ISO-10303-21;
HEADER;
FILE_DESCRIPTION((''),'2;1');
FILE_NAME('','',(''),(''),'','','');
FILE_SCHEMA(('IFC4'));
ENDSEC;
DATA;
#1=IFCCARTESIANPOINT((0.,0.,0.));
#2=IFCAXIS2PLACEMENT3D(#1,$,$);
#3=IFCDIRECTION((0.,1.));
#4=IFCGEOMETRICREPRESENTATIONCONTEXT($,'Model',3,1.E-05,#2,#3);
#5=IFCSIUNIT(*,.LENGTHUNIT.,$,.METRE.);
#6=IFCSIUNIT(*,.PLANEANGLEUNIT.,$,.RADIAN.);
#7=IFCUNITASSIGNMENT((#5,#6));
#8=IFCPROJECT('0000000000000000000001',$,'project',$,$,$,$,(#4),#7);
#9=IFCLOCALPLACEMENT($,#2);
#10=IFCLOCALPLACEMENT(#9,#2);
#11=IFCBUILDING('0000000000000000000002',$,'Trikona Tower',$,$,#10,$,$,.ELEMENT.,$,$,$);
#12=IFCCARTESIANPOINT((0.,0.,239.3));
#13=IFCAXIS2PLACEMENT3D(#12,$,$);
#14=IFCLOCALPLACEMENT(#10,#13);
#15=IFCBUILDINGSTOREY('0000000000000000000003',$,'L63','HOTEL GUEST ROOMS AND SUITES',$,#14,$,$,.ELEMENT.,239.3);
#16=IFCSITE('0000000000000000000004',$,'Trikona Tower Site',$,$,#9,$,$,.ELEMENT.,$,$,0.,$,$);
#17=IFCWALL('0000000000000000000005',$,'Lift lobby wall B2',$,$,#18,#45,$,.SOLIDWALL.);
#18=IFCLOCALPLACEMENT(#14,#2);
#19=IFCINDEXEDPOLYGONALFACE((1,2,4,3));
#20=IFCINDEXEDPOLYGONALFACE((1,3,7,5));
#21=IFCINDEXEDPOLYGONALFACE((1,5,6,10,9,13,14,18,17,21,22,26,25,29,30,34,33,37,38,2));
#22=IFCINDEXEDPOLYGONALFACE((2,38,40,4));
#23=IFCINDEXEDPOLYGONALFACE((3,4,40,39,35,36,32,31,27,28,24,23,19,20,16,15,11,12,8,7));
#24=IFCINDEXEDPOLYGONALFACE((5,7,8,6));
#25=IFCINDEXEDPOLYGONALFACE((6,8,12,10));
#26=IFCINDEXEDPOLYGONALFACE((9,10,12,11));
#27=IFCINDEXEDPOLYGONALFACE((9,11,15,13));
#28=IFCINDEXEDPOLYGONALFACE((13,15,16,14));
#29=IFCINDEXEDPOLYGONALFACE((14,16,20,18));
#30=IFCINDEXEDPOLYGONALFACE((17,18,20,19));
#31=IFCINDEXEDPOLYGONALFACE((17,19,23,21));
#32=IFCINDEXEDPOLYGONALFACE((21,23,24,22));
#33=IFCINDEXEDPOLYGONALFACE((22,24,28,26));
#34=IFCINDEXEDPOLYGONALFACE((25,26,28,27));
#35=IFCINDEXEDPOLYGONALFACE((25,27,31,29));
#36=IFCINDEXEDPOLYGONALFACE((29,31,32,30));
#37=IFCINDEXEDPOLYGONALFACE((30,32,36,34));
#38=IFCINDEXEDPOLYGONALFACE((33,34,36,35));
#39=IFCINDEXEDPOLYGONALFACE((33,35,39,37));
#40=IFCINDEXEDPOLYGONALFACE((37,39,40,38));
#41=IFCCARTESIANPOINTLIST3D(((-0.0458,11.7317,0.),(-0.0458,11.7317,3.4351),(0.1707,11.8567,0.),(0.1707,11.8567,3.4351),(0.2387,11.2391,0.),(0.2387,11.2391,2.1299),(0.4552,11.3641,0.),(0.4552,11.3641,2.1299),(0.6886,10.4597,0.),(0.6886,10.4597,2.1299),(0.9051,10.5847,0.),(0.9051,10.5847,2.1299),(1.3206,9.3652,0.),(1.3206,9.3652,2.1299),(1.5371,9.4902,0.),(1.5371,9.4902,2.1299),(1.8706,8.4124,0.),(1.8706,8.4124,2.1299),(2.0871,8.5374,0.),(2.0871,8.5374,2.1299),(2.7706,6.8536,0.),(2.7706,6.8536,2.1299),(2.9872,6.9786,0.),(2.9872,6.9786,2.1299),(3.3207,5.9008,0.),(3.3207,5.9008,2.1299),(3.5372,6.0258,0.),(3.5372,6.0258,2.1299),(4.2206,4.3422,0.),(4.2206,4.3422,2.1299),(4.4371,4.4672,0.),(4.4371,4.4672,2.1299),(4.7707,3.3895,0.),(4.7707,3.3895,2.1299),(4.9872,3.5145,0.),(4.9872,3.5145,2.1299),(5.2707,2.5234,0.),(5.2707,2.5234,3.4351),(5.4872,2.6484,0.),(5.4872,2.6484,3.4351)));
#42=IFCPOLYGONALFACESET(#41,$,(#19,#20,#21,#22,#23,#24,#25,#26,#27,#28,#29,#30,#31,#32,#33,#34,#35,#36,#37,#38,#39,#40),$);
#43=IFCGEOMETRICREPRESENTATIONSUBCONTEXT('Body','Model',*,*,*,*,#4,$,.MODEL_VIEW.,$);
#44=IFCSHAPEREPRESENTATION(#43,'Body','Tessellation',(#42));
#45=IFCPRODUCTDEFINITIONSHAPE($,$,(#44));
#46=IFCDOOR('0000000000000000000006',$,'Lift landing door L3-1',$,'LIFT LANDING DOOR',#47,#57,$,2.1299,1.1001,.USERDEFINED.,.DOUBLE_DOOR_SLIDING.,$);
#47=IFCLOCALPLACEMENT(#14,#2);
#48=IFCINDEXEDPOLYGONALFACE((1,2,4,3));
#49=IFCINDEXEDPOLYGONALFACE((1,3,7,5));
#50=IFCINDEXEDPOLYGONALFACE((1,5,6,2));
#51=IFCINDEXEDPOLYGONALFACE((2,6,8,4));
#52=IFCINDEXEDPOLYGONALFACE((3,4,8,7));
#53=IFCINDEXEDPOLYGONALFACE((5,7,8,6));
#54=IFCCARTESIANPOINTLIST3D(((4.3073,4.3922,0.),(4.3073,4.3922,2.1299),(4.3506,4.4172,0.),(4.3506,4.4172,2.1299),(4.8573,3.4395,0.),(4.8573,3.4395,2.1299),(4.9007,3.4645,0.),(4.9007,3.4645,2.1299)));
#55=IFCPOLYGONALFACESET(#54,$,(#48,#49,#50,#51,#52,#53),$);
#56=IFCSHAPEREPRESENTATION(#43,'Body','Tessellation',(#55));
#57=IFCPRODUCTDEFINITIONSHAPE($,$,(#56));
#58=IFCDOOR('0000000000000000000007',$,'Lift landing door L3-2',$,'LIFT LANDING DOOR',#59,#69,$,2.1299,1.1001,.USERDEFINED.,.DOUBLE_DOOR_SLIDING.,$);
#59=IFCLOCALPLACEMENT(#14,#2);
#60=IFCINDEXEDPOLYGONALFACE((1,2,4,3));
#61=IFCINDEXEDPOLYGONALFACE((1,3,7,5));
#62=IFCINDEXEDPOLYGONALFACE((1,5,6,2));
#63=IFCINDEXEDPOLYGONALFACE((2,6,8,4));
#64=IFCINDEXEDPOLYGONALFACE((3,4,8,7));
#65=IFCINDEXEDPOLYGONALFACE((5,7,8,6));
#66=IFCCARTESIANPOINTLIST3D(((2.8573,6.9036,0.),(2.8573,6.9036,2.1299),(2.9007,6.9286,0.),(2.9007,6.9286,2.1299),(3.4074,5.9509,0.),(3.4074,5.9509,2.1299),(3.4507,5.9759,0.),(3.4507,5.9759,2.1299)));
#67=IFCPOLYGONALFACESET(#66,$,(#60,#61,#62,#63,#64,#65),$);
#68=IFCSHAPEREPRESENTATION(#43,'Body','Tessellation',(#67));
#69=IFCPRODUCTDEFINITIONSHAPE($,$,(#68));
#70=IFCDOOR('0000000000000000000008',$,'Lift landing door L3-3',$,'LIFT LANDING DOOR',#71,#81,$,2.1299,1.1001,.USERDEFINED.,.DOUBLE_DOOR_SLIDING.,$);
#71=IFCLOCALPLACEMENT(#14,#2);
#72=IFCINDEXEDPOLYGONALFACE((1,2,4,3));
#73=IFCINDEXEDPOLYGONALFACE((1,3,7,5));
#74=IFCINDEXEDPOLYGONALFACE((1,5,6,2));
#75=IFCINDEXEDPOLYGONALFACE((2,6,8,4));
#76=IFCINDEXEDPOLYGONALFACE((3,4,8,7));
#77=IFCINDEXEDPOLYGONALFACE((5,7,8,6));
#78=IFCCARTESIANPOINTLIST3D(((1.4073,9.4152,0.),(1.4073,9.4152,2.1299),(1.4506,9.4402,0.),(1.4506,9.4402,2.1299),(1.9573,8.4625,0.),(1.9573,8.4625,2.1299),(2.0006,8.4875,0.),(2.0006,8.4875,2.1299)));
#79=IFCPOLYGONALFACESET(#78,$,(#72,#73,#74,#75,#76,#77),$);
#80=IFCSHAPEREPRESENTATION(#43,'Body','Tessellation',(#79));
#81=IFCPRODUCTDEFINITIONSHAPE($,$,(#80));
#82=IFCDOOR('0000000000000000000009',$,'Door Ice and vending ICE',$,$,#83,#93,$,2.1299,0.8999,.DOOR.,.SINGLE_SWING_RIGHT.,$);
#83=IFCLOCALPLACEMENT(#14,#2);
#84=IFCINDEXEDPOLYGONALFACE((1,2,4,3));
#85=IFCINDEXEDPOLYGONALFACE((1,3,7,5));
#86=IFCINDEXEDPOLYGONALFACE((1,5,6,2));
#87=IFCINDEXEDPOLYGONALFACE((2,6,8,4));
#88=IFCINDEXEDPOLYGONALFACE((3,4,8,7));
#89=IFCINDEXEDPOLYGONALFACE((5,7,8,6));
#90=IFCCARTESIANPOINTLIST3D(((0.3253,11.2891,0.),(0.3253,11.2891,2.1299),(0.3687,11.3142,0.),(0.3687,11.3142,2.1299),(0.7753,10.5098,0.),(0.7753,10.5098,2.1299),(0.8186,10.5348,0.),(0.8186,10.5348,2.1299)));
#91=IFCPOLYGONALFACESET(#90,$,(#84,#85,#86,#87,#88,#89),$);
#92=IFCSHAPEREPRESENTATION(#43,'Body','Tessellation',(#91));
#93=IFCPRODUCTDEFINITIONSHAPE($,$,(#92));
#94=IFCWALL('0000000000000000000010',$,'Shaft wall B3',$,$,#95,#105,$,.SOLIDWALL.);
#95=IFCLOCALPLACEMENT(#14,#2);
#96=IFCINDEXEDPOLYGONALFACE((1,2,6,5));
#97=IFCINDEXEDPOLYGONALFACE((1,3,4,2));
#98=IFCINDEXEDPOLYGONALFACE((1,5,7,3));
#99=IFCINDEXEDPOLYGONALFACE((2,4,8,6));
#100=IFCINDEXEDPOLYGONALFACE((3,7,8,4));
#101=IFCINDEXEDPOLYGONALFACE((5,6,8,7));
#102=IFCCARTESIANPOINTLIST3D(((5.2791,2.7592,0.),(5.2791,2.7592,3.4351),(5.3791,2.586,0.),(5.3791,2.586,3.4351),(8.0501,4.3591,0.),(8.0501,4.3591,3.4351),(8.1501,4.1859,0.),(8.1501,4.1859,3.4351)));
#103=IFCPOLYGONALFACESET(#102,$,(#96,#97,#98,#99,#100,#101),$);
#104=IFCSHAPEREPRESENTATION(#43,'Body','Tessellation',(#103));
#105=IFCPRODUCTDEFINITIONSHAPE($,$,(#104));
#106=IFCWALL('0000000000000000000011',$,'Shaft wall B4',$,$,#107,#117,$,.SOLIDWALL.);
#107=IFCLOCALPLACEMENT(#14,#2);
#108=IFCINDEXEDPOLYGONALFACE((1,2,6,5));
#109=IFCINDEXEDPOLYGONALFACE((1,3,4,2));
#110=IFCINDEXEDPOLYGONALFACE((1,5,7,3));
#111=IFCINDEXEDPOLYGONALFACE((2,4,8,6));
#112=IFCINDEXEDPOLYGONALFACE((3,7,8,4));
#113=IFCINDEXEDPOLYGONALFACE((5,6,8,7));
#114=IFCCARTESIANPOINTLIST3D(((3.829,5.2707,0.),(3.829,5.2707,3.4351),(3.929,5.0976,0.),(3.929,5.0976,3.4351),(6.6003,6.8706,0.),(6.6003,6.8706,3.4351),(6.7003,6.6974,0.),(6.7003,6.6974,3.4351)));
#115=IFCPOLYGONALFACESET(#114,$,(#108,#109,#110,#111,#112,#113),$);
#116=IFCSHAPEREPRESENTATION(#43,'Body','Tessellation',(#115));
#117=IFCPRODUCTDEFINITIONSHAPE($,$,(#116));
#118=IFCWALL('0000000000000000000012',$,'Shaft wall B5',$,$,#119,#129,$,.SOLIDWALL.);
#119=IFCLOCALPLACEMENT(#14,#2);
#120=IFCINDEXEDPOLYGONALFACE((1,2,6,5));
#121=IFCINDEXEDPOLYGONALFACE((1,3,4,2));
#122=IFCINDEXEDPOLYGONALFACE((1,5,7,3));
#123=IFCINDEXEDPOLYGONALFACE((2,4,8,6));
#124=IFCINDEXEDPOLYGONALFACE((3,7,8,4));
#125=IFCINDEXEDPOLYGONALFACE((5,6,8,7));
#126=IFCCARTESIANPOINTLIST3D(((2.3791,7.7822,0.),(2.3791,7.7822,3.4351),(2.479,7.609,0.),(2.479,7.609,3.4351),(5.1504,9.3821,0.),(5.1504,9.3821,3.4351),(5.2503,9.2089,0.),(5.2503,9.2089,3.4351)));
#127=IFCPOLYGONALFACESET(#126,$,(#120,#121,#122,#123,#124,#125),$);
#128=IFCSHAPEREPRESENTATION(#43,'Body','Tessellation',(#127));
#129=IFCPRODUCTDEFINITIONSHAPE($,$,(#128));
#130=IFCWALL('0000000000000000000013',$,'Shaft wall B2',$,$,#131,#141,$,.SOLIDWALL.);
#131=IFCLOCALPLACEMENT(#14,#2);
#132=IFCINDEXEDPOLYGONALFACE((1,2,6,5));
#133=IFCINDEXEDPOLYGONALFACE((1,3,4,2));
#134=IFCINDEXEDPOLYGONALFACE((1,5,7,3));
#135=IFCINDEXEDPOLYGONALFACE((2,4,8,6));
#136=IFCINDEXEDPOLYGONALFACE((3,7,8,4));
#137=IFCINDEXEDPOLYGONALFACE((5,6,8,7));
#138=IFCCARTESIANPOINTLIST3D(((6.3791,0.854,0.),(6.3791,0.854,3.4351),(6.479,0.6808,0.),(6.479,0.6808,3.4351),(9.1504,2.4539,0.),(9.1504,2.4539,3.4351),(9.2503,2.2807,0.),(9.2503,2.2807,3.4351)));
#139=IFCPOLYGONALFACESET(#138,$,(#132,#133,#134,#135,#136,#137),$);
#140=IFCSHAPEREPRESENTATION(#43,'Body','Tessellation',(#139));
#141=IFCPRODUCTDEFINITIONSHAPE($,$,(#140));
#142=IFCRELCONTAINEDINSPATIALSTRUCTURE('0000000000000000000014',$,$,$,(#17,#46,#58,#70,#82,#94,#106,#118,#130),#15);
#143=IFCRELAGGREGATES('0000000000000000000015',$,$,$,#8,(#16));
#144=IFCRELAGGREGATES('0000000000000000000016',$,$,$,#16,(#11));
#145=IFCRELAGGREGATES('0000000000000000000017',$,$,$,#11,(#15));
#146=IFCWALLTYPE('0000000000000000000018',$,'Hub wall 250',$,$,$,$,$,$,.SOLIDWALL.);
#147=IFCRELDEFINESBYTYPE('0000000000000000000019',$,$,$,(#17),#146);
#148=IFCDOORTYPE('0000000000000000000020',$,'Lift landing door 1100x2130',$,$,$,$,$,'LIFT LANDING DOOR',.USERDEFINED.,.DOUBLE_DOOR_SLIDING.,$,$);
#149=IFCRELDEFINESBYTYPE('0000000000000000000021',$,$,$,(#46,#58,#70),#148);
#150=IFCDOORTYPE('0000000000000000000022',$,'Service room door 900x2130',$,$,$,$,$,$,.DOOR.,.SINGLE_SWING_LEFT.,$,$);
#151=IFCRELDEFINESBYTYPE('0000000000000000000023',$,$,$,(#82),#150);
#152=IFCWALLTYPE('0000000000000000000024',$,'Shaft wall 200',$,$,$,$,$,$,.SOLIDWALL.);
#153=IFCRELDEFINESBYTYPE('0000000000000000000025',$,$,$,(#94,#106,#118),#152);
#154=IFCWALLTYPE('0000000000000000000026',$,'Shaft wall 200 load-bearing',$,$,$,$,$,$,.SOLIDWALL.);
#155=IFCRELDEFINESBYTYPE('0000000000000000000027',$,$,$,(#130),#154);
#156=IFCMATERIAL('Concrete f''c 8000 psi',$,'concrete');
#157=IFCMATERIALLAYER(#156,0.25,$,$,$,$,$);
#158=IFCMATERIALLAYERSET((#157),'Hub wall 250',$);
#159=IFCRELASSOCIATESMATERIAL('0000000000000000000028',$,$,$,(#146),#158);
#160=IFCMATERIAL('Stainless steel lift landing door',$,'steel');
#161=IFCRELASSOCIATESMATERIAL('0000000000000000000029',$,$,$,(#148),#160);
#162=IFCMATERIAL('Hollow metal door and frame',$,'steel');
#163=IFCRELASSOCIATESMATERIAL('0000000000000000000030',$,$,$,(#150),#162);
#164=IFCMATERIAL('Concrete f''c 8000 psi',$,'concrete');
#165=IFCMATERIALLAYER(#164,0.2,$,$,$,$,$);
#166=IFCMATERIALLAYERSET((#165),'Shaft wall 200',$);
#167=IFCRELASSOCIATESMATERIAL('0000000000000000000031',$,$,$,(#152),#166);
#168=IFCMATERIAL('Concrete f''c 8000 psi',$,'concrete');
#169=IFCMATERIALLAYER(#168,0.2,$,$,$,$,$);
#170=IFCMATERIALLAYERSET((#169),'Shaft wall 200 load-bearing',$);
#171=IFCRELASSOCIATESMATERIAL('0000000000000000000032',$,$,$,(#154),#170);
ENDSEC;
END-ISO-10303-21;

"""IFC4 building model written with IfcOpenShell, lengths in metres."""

from ifc_helpers import new_model, si_unit, direction, frame, frame_2d, origin, place, context, subcontext, project, spatial, rectangle, extrude, material, layer, layer_set, type_object, element, fill, save


model = new_model("IFC4")

# Units and contexts
model_context = context("Model", 3, precision=1e-05, world=origin(), true_north=direction((0.0, 1.0)))
body_context = subcontext(model_context, "Body", "Model", "MODEL_VIEW")
ifc_project = project(units=[si_unit("LENGTHUNIT", "METRE"), si_unit("PLANEANGLEUNIT", "RADIAN")], contexts=[model_context])

# Site, building, storey
site_placement = place(None, origin())
site = spatial("IfcSite", under=ifc_project, at=site_placement, Name="Trikona Tower Site", CompositionType="ELEMENT", RefElevation=0.0)
building_placement = place(site_placement, origin())
building = spatial("IfcBuilding", under=site, at=building_placement, Name="Trikona Tower", CompositionType="ELEMENT")
storey_placement = place(building_placement, frame((0.0, 0.0, 239.3)))
storey = spatial("IfcBuildingStorey", under=building, at=storey_placement, Name="L63", Description="HOTEL GUEST ROOMS AND SUITES", CompositionType="ELEMENT", Elevation=239.3)

# Wall, openings, doors
ifc_material_1 = material(Name="Concrete f'c 8000 psi", Category="concrete")
ifc_layer_1 = layer(ifc_material_1, 0.25)
ifc_layer_set_1 = layer_set([ifc_layer_1], Name="Hub wall 250")
wall_type_1 = type_object("IfcWallType", Name="Hub wall 250", PredefinedType="SOLIDWALL", material=ifc_layer_set_1)
wall_1_placement = place(storey_placement, frame((5.3789, 2.5859, 0.0), z_axis=(0.0, 0.0, 1.0), x_axis=(-0.500001, 0.866025, 0.0)))
wall_1 = element("IfcWall", 1, at=wall_1_placement, inside=storey, type_object=wall_type_1, Name="Lift lobby wall B2", PredefinedType="SOLIDWALL", context=body_context, shape_type="SweptSolid", body=[
    extrude(rectangle(XDim=10.6328, YDim=0.25, at=frame_2d((5.3164, 0.0))), origin(), (0.0, 0.0, 1.0), 3.4351),
])
opening_1_placement = place(wall_1_placement, frame((9.1641, 0.0, 0.0)))
opening_1 = element("IfcOpeningElement", 2, at=opening_1_placement, cuts=wall_1, PredefinedType="OPENING", context=body_context, shape_type="SweptSolid", body=[
    extrude(rectangle(XDim=0.8999, YDim=2.1299, at=frame_2d((0.45, 1.0649))), frame((0.0, 0.135, 0.0), z_axis=(0.0, -1.0, 0.0), x_axis=(1.0, 0.0, 0.0)), (0.0, 0.0, 1.0), 0.27),
])
opening_2_placement = place(wall_1_placement, frame((1.0, 0.0, 0.0)))
opening_2 = element("IfcOpeningElement", 3, at=opening_2_placement, cuts=wall_1, PredefinedType="OPENING", context=body_context, shape_type="SweptSolid", body=[
    extrude(rectangle(XDim=1.1001, YDim=2.1299, at=frame_2d((0.55, 1.0649))), frame((0.0, 0.135, 0.0), z_axis=(0.0, -1.0, 0.0), x_axis=(1.0, 0.0, 0.0)), (0.0, 0.0, 1.0), 0.27),
])
opening_3_placement = place(wall_1_placement, frame((3.8999, 0.0, 0.0)))
opening_3 = element("IfcOpeningElement", 4, at=opening_3_placement, cuts=wall_1, PredefinedType="OPENING", context=body_context, shape_type="SweptSolid", body=[
    extrude(rectangle(XDim=1.1001, YDim=2.1299, at=frame_2d((0.55, 1.0649))), frame((0.0, 0.135, 0.0), z_axis=(0.0, -1.0, 0.0), x_axis=(1.0, 0.0, 0.0)), (0.0, 0.0, 1.0), 0.27),
])
opening_4_placement = place(wall_1_placement, frame((6.8, 0.0, 0.0)))
opening_4 = element("IfcOpeningElement", 5, at=opening_4_placement, cuts=wall_1, PredefinedType="OPENING", context=body_context, shape_type="SweptSolid", body=[
    extrude(rectangle(XDim=1.1001, YDim=2.1299, at=frame_2d((0.55, 1.0649))), frame((0.0, 0.135, 0.0), z_axis=(0.0, -1.0, 0.0), x_axis=(1.0, 0.0, 0.0)), (0.0, 0.0, 1.0), 0.27),
])
ifc_material_2 = material(Name="Stainless steel lift landing door", Category="steel")
door_type_1 = type_object("IfcDoorType", Name="Lift landing door 1100x2130", ElementType="LIFT LANDING DOOR", OperationType="DOUBLE_DOOR_SLIDING", PredefinedType="USERDEFINED", material=ifc_material_2)
door_1_placement = place(opening_2_placement, origin())
door_1 = element("IfcDoor", 6, at=door_1_placement, inside=storey, type_object=door_type_1, Name="Lift landing door L3-1", ObjectType="LIFT LANDING DOOR", OperationType="DOUBLE_DOOR_SLIDING", OverallHeight=2.1299, OverallWidth=1.1001, PredefinedType="USERDEFINED", context=body_context, shape_type="SweptSolid", body=[
    extrude(rectangle(XDim=1.1001, YDim=2.1299, at=frame_2d((0.55, 1.0649))), frame((0.0, 0.0249, 0.0), z_axis=(0.0, -1.0, 0.0), x_axis=(1.0, 0.0, 0.0)), (0.0, 0.0, 1.0), 0.05),
])
fill(opening_2, door_1)
door_2_placement = place(opening_3_placement, origin())
door_2 = element("IfcDoor", 7, at=door_2_placement, inside=storey, type_object=door_type_1, Name="Lift landing door L3-2", ObjectType="LIFT LANDING DOOR", OperationType="DOUBLE_DOOR_SLIDING", OverallHeight=2.1299, OverallWidth=1.1001, PredefinedType="USERDEFINED", context=body_context, shape_type="SweptSolid", body=[
    extrude(rectangle(XDim=1.1001, YDim=2.1299, at=frame_2d((0.55, 1.0649))), frame((0.0, 0.0249, 0.0), z_axis=(0.0, -1.0, 0.0), x_axis=(1.0, 0.0, 0.0)), (0.0, 0.0, 1.0), 0.05),
])
fill(opening_3, door_2)
door_3_placement = place(opening_4_placement, origin())
door_3 = element("IfcDoor", 8, at=door_3_placement, inside=storey, type_object=door_type_1, Name="Lift landing door L3-3", ObjectType="LIFT LANDING DOOR", OperationType="DOUBLE_DOOR_SLIDING", OverallHeight=2.1299, OverallWidth=1.1001, PredefinedType="USERDEFINED", context=body_context, shape_type="SweptSolid", body=[
    extrude(rectangle(XDim=1.1001, YDim=2.1299, at=frame_2d((0.55, 1.0649))), frame((0.0, 0.0249, 0.0), z_axis=(0.0, -1.0, 0.0), x_axis=(1.0, 0.0, 0.0)), (0.0, 0.0, 1.0), 0.05),
])
fill(opening_4, door_3)
ifc_material_3 = material(Name="Hollow metal door and frame", Category="steel")
door_type_2 = type_object("IfcDoorType", Name="Service room door 900x2130", OperationType="SINGLE_SWING_LEFT", PredefinedType="DOOR", material=ifc_material_3)
door_4_placement = place(opening_1_placement, origin())
door_4 = element("IfcDoor", 9, at=door_4_placement, inside=storey, type_object=door_type_2, Name="Door Ice and vending ICE", OperationType="SINGLE_SWING_RIGHT", OverallHeight=2.1299, OverallWidth=0.8999, PredefinedType="DOOR", context=body_context, shape_type="SweptSolid", body=[
    extrude(rectangle(XDim=0.8999, YDim=2.1299, at=frame_2d((0.45, 1.0649))), frame((0.0, 0.0249, 0.0), z_axis=(0.0, -1.0, 0.0), x_axis=(1.0, 0.0, 0.0)), (0.0, 0.0, 1.0), 0.05),
])
fill(opening_1, door_4)

# Walls
ifc_material_4 = material(Name="Concrete f'c 8000 psi", Category="concrete")
ifc_layer_2 = layer(ifc_material_4, 0.2)
ifc_layer_set_2 = layer_set([ifc_layer_2], Name="Shaft wall 200")
wall_type_2 = type_object("IfcWallType", Name="Shaft wall 200", PredefinedType="SOLIDWALL", material=ifc_layer_set_2)
wall_2_placement = place(storey_placement, frame((5.3291, 2.6726, 0.0), z_axis=(0.0, 0.0, 1.0), x_axis=(0.866023, 0.500004, 0.0)))
element("IfcWall", 10, at=wall_2_placement, inside=storey, type_object=wall_type_2, Name="Shaft wall B3", PredefinedType="SOLIDWALL", context=body_context, shape_type="SweptSolid", body=[
    extrude(rectangle(XDim=3.1997, YDim=0.2, at=frame_2d((1.5999, 0.0))), origin(), (0.0, 0.0, 1.0), 3.4351),
])
for number, where, z_axis, x_axis, name in (
    (11, (3.8789, 5.1841, 0.0), (0.0, 0.0, 1.0), (0.866042, 0.499971, 0.0), "Shaft wall B4"),
    (12, (2.429, 7.6956, 0.0), (0.0, 0.0, 1.0), (0.866042, 0.499971, 0.0), "Shaft wall B5"),
):
    element("IfcWall", number, at=place(storey_placement, frame(where, z_axis=z_axis, x_axis=x_axis)), inside=storey, type_object=wall_type_2, Name=name, PredefinedType="SOLIDWALL", context=body_context, shape_type="SweptSolid", body=[
        extrude(rectangle(XDim=3.2, YDim=0.2, at=frame_2d((1.6001, 0.0))), origin(), (0.0, 0.0, 1.0), 3.4351),
    ])
ifc_material_5 = material(Name="Concrete f'c 8000 psi", Category="concrete")
ifc_layer_3 = layer(ifc_material_5, 0.2)
ifc_layer_set_3 = layer_set([ifc_layer_3], Name="Shaft wall 200 load-bearing")
wall_type_3 = type_object("IfcWallType", Name="Shaft wall 200 load-bearing", PredefinedType="SOLIDWALL", material=ifc_layer_set_3)
wall_3_placement = place(storey_placement, frame((6.429, 0.7673, 0.0), z_axis=(0.0, 0.0, 1.0), x_axis=(0.866042, 0.499971, 0.0)))
element("IfcWall", 13, at=wall_3_placement, inside=storey, type_object=wall_type_3, Name="Shaft wall B2", PredefinedType="SOLIDWALL", context=body_context, shape_type="SweptSolid", body=[
    extrude(rectangle(XDim=3.2, YDim=0.2, at=frame_2d((1.6001, 0.0))), origin(), (0.0, 0.0, 1.0), 3.4351),
])

save(model, "model.ifc")
